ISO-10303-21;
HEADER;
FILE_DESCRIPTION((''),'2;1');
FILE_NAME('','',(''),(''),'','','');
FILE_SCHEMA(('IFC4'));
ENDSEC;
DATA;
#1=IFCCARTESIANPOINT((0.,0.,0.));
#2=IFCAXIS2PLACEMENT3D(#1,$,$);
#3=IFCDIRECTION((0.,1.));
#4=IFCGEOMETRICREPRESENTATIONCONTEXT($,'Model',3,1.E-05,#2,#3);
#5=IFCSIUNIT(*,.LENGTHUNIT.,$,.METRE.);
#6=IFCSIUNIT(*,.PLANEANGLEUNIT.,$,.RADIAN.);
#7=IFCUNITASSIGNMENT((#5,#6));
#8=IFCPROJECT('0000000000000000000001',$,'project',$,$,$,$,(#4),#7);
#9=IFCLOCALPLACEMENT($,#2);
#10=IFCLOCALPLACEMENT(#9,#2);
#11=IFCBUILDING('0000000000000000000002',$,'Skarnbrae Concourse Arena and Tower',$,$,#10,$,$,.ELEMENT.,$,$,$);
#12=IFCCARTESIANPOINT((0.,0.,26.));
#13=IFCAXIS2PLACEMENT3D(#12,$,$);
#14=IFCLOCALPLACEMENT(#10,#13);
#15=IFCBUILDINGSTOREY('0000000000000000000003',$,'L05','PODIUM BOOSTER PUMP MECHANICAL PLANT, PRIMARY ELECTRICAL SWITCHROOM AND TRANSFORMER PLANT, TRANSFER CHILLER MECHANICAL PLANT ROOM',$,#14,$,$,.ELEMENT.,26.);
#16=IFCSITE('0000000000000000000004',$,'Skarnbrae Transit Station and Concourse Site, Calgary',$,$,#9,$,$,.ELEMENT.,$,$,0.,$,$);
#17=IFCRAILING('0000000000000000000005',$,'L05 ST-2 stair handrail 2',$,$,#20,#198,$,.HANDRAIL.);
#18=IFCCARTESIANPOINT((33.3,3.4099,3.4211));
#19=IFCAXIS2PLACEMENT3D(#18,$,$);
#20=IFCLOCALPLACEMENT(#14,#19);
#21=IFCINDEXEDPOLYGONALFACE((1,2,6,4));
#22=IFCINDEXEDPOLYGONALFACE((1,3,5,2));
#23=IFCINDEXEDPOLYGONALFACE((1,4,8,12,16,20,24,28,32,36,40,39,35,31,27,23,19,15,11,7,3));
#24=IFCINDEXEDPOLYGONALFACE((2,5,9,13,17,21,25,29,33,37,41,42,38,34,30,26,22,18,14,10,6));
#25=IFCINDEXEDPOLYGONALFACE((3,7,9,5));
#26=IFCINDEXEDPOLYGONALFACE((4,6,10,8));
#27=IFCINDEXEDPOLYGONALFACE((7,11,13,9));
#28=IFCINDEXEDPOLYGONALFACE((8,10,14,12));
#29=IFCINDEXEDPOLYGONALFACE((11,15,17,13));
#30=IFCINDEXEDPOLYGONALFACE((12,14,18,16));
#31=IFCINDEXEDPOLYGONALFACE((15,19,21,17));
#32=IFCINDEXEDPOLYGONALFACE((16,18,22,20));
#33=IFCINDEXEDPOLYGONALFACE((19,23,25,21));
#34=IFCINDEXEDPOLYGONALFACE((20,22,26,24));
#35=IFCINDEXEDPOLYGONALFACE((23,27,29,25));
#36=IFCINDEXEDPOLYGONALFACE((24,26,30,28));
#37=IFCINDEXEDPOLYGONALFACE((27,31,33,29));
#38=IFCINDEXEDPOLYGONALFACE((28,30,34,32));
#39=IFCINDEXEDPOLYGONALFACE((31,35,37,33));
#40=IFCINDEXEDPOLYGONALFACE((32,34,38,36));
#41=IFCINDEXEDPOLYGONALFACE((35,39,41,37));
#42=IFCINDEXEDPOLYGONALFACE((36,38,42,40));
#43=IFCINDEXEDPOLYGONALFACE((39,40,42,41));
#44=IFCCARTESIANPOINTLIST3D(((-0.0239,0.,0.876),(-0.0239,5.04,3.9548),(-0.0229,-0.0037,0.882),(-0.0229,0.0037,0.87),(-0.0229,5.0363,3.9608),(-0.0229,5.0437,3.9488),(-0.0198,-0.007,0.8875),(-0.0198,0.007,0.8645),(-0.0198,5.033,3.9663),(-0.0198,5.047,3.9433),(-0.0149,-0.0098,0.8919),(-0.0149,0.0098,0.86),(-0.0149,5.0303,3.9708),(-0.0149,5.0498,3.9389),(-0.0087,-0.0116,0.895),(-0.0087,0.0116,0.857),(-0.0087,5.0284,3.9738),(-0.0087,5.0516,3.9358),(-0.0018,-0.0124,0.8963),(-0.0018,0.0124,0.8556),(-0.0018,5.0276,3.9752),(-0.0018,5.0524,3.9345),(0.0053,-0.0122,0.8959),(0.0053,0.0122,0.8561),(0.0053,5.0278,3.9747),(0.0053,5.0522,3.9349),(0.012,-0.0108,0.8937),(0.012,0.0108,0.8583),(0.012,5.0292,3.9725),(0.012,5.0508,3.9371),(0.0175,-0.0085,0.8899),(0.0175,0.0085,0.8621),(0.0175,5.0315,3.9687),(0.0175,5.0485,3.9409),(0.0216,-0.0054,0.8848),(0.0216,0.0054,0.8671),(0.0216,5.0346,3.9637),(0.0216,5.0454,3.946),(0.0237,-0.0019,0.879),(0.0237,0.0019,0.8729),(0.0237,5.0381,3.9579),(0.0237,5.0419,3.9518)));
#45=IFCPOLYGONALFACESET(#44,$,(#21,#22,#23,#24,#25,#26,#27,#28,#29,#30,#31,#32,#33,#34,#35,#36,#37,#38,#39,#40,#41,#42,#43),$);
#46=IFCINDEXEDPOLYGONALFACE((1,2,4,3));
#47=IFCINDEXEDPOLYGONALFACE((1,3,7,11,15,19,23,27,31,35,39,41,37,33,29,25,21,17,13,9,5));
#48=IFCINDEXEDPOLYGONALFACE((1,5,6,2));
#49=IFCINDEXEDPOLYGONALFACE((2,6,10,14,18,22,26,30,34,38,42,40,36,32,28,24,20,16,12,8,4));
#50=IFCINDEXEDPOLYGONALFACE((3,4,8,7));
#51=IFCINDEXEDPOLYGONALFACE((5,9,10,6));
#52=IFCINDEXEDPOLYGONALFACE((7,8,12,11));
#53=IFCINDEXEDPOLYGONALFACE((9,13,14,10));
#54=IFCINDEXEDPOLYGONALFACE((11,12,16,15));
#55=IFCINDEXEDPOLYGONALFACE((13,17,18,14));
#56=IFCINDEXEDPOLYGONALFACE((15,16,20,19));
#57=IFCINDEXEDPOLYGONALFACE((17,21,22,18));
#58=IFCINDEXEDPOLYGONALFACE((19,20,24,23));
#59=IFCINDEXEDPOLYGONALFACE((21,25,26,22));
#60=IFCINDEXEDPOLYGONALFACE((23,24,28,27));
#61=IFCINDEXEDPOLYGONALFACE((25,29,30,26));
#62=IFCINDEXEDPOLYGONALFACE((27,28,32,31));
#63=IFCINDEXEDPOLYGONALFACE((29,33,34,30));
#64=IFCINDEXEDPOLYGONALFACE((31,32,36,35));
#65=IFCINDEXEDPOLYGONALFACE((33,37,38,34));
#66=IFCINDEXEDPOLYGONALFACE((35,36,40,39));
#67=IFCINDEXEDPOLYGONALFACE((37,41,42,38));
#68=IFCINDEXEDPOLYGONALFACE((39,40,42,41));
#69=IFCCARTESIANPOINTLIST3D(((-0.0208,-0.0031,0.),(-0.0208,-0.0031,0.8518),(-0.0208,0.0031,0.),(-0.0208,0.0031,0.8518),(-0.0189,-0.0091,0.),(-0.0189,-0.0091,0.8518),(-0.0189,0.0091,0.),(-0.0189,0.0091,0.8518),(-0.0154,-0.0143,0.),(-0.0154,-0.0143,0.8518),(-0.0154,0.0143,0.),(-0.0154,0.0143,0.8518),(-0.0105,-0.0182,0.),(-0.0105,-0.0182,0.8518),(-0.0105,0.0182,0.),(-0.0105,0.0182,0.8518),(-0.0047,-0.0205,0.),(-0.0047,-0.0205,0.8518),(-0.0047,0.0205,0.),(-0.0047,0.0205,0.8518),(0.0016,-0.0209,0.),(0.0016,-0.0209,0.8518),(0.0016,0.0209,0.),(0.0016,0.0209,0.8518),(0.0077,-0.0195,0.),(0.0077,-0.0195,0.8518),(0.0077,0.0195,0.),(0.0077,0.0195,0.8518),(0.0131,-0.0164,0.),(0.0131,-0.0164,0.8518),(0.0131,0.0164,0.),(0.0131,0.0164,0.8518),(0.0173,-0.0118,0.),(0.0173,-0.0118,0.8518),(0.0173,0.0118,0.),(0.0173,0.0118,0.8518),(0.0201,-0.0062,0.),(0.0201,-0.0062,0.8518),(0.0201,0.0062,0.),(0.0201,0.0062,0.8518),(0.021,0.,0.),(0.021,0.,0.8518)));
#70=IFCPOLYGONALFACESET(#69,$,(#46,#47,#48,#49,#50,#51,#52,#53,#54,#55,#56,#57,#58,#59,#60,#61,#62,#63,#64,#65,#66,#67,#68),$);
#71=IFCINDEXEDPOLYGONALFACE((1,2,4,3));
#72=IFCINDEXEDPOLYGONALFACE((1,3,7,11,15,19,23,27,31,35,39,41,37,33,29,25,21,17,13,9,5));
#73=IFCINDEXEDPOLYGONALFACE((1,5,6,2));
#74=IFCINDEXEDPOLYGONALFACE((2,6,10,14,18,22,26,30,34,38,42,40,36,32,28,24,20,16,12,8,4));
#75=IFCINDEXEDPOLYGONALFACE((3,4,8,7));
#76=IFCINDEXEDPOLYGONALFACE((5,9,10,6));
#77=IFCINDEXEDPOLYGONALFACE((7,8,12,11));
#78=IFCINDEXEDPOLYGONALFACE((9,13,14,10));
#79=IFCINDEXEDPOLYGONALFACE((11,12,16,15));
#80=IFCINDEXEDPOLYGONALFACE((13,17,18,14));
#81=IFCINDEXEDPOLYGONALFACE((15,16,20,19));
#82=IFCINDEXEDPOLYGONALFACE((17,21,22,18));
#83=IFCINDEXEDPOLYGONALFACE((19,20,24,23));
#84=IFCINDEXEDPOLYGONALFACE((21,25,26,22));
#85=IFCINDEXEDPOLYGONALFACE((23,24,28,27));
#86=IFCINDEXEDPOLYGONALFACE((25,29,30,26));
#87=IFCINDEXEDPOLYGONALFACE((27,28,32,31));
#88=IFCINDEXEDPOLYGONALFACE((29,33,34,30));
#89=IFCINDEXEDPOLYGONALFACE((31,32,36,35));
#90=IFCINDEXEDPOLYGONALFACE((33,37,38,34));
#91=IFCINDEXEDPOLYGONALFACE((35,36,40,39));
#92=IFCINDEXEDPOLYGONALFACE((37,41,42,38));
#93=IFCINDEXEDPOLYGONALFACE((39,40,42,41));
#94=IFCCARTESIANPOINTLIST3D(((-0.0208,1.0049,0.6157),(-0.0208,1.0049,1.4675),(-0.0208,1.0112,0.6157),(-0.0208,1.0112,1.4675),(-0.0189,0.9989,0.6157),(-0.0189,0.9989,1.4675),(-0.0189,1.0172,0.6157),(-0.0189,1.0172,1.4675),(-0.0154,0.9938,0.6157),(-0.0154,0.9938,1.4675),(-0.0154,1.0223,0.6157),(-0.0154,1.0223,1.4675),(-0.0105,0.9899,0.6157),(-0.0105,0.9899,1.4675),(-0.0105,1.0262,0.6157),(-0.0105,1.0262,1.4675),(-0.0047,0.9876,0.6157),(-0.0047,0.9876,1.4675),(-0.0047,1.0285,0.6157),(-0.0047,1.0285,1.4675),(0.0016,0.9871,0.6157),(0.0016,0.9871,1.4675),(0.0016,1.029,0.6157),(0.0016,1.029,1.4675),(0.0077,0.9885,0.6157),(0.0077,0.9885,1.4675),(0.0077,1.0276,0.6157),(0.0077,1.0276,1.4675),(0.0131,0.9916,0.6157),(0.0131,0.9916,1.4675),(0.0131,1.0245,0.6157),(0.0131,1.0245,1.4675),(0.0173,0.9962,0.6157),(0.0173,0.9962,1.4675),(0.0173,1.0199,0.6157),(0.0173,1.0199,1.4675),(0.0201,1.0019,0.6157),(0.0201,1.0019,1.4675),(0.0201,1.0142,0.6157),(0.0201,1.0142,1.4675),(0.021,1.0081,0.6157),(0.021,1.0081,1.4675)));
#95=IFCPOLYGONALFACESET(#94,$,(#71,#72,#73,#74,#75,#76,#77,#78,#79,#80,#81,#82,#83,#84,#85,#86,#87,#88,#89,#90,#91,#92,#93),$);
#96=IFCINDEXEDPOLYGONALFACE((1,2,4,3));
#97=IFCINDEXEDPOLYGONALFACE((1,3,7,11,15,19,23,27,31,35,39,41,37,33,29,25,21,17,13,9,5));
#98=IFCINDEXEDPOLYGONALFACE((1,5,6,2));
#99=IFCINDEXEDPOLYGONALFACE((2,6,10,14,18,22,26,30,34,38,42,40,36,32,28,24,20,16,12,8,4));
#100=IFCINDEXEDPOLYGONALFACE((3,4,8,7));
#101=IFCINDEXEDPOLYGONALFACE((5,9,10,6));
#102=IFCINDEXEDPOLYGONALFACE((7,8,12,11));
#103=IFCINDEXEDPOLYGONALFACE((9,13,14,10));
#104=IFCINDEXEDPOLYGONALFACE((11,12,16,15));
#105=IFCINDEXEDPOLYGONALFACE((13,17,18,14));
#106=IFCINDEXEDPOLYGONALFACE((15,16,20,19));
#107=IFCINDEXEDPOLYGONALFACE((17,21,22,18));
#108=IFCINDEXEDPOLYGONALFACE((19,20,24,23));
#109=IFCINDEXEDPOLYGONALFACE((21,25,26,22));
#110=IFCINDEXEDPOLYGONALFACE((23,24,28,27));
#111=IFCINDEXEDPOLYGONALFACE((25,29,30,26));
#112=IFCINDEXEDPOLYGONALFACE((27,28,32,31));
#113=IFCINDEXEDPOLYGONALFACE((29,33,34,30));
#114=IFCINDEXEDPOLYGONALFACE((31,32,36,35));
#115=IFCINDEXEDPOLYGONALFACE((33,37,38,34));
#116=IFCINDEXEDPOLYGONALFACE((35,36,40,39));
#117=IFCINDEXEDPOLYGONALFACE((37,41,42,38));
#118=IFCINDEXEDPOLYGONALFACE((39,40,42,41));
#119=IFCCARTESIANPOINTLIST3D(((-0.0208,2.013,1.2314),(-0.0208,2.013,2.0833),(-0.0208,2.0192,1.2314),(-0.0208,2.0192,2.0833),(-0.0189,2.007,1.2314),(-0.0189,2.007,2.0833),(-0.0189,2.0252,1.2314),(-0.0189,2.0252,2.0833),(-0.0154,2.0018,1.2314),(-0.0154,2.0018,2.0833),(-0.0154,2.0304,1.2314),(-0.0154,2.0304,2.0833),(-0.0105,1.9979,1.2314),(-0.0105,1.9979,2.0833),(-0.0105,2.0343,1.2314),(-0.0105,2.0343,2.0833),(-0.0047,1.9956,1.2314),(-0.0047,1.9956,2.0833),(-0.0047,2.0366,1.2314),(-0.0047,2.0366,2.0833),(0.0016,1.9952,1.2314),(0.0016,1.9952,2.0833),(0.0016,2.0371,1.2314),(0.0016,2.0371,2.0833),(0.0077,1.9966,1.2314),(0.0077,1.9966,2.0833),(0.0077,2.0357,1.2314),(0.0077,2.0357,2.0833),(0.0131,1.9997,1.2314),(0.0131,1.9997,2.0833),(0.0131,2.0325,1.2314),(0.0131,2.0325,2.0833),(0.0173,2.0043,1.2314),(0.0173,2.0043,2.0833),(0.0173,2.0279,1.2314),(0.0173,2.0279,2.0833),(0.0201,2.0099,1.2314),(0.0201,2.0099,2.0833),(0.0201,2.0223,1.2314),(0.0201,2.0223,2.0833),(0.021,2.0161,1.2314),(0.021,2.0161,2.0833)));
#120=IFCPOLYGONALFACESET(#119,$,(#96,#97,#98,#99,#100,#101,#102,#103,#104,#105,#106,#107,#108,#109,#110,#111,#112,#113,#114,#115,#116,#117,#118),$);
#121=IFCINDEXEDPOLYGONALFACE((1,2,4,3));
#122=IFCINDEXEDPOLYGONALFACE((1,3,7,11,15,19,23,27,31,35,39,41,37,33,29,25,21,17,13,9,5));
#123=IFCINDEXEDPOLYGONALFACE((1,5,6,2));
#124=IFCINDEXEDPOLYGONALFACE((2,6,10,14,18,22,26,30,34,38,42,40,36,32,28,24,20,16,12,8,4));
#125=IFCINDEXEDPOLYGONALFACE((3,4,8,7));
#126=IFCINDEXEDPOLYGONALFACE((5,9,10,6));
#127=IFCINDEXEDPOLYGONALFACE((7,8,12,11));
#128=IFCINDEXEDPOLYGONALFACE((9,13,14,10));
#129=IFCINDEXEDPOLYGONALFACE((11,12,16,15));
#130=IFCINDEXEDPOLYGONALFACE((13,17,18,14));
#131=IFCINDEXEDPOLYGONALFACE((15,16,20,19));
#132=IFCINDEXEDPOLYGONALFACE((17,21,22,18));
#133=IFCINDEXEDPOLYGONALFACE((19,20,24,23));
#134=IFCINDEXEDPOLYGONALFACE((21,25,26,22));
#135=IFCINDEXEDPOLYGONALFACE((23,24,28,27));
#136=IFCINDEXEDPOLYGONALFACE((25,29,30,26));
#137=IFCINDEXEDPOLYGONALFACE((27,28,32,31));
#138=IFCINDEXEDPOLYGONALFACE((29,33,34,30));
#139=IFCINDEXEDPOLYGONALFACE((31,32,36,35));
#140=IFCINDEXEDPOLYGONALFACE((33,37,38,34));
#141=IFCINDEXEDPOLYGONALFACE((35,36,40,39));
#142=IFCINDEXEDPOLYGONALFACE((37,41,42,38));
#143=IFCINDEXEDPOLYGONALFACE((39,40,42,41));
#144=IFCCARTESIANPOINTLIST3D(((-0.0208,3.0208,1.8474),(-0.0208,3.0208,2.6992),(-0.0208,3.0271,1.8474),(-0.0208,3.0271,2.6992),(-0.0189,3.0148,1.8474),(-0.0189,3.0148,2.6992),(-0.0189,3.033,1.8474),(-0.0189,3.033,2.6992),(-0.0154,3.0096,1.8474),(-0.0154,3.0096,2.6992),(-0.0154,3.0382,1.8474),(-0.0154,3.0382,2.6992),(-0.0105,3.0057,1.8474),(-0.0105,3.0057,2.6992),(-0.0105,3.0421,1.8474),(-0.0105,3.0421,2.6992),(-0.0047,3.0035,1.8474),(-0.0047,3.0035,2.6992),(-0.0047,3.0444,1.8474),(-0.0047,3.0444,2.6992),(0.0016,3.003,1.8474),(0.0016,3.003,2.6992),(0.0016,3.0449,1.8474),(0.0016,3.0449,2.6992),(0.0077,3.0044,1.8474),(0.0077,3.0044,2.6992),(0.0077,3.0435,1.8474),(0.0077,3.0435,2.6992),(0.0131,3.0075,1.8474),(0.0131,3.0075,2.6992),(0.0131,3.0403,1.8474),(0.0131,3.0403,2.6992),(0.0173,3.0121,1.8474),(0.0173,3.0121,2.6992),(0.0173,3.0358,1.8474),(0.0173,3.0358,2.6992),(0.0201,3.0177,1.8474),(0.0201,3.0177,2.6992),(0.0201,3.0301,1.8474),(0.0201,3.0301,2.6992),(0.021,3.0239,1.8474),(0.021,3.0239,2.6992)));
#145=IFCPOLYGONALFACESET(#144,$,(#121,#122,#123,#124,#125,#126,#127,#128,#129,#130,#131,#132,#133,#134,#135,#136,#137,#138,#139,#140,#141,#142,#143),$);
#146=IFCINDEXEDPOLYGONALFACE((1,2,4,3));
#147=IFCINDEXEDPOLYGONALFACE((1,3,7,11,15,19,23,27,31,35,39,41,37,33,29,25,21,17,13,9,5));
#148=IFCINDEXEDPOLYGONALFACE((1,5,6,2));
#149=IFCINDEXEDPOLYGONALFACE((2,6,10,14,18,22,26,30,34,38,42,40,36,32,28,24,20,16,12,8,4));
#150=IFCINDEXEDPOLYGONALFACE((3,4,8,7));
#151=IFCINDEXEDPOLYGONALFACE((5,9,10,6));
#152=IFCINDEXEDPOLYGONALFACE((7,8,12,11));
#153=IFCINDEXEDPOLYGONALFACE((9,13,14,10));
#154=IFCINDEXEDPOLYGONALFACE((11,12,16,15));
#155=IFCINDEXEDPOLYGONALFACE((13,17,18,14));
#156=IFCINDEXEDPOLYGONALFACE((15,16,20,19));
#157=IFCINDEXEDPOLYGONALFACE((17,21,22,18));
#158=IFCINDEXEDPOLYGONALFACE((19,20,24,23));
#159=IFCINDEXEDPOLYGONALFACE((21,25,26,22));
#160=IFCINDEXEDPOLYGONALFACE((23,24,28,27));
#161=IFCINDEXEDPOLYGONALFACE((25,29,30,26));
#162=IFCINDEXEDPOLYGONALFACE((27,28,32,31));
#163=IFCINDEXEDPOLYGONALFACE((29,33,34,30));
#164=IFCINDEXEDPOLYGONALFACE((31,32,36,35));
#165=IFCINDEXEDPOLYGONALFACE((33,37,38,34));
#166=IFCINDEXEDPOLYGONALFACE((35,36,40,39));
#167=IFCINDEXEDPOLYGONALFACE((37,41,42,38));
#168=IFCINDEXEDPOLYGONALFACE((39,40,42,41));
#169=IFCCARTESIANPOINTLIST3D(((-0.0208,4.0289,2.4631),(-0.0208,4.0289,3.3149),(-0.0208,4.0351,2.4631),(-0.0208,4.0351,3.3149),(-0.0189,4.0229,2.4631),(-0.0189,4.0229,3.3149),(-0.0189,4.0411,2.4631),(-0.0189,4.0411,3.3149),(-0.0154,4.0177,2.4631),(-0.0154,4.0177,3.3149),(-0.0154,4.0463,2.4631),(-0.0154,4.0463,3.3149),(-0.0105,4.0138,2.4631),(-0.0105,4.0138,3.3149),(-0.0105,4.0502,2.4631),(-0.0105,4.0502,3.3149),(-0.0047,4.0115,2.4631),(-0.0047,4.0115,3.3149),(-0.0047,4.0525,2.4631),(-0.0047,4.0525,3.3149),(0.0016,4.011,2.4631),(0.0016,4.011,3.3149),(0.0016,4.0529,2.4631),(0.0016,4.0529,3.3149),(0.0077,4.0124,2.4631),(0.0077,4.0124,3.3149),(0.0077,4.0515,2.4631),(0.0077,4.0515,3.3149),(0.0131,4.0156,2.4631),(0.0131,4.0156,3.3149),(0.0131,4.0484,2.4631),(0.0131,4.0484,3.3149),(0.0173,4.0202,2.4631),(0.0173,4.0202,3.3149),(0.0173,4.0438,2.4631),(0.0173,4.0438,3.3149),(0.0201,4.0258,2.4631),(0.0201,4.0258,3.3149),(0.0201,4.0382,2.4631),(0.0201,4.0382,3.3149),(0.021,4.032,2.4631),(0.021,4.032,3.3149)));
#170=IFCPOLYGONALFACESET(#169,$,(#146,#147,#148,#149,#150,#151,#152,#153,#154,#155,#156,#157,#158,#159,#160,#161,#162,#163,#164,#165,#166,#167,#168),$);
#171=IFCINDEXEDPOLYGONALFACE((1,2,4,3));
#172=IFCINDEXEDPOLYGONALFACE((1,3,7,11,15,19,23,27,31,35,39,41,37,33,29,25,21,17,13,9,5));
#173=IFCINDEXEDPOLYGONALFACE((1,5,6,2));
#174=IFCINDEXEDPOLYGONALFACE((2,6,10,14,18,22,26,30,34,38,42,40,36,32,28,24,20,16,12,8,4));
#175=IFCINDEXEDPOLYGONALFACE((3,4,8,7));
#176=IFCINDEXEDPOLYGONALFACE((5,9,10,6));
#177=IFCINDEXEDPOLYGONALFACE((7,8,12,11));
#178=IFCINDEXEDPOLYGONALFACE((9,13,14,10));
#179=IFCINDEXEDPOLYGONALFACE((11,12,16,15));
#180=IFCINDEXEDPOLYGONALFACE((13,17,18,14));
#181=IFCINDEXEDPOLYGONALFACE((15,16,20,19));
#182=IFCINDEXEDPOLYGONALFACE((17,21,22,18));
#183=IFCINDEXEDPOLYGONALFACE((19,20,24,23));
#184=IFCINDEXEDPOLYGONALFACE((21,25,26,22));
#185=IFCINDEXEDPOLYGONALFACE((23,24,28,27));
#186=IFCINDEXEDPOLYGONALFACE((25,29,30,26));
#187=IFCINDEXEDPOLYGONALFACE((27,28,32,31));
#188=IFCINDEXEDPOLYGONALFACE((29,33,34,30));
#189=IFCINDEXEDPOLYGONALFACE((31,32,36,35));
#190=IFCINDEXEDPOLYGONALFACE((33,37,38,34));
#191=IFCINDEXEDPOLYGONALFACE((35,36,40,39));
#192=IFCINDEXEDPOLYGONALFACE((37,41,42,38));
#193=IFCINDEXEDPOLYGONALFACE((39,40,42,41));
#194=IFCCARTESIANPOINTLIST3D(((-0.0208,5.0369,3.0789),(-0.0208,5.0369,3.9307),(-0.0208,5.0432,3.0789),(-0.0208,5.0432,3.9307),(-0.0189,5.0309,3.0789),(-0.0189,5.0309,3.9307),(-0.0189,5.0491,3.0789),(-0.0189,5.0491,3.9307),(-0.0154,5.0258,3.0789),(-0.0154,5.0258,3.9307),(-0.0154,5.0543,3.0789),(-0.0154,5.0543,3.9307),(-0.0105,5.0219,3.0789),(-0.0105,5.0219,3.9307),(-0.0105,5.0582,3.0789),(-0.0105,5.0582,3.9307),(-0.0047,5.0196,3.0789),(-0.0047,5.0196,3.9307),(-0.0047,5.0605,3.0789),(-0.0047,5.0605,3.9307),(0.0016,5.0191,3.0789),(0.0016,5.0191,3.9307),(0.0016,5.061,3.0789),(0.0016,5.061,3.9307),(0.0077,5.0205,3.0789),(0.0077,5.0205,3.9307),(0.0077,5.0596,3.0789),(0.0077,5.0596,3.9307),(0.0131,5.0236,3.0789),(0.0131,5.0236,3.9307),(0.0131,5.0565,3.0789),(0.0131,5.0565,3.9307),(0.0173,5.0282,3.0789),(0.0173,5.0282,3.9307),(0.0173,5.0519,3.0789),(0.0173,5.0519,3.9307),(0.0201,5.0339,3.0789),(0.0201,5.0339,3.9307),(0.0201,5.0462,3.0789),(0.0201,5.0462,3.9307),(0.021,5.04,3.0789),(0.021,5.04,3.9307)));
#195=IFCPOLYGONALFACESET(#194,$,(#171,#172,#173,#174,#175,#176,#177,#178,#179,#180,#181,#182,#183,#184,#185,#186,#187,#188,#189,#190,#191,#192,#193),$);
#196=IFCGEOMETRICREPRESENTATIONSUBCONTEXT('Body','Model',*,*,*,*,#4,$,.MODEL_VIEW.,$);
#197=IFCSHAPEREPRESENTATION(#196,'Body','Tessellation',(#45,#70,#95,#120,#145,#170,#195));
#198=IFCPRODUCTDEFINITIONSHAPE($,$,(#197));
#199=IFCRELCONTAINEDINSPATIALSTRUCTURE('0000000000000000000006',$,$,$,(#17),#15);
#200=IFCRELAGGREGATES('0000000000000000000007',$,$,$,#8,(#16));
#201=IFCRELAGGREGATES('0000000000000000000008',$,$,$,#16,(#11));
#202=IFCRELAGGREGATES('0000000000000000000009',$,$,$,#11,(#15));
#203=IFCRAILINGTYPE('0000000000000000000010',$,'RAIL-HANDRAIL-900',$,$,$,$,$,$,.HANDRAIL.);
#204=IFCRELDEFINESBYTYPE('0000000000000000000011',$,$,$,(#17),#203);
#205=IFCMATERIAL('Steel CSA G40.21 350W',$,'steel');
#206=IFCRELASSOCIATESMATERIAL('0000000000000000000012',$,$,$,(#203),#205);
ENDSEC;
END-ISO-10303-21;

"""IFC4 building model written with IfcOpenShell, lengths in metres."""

from ifc_helpers import new_model, si_unit, direction, frame, origin, origin_2d, place, context, subcontext, project, spatial, circle, extrude, material, type_object, element, save


model = new_model("IFC4")

# Units and contexts
model_context = context("Model", 3, precision=1e-05, world=origin(), true_north=direction((0.0, 1.0)))
body_context = subcontext(model_context, "Body", "Model", "MODEL_VIEW")
ifc_project = project(units=[si_unit("LENGTHUNIT", "METRE"), si_unit("PLANEANGLEUNIT", "RADIAN")], contexts=[model_context])

# Site, building, storey
site_placement = place(None, origin())
site = spatial("IfcSite", under=ifc_project, at=site_placement, Name="Skarnbrae Transit Station and Concourse Site, Calgary", CompositionType="ELEMENT", RefElevation=0.0)
building_placement = place(site_placement, origin())
building = spatial("IfcBuilding", under=site, at=building_placement, Name="Skarnbrae Concourse Arena and Tower", CompositionType="ELEMENT")
storey_placement = place(building_placement, frame((0.0, 0.0, 26.0)))
storey = spatial("IfcBuildingStorey", under=building, at=storey_placement, Name="L05", Description="PODIUM BOOSTER PUMP MECHANICAL PLANT, PRIMARY ELECTRICAL SWITCHROOM AND TRANSFORMER PLANT, TRANSFER CHILLER MECHANICAL PLANT ROOM", CompositionType="ELEMENT", Elevation=26.0)

# Shared definitions
ifc_material_1 = material(Name="Steel CSA G40.21 350W", Category="steel")

# Railing
railing_type_1 = type_object("IfcRailingType", Name="RAIL-HANDRAIL-900", PredefinedType="HANDRAIL", material=ifc_material_1)
railing_1_placement = place(storey_placement, frame((33.3, 3.4099, 3.4211)))
element("IfcRailing", 1, at=railing_1_placement, inside=storey, type_object=railing_type_1, Name="L05 ST-2 stair handrail 2", PredefinedType="HANDRAIL", context=body_context, shape_type="SweptSolid", body=[
    extrude(circle(Radius=0.0239, at=origin_2d()), frame((0.0, 0.0, 0.876), z_axis=(0.0, 0.85337, 0.521306), x_axis=(-1.0, 0.0, 0.0)), (0.0, 0.0, 1.0), 5.906),
    extrude(circle(Radius=0.021, at=origin_2d()), origin(), (0.0, 0.0, 1.0), 0.8518),
    extrude(circle(Radius=0.021, at=origin_2d()), frame((0.0, 1.0081, 0.6157)), (0.0, 0.0, 1.0), 0.8518),
    extrude(circle(Radius=0.021, at=origin_2d()), frame((0.0, 2.0161, 1.2314)), (0.0, 0.0, 1.0), 0.8518),
    extrude(circle(Radius=0.021, at=origin_2d()), frame((0.0, 3.0239, 1.8474)), (0.0, 0.0, 1.0), 0.8518),
    extrude(circle(Radius=0.021, at=origin_2d()), frame((0.0, 4.032, 2.4631)), (0.0, 0.0, 1.0), 0.8518),
    extrude(circle(Radius=0.021, at=origin_2d()), frame((0.0, 5.04, 3.0789)), (0.0, 0.0, 1.0), 0.8518),
])

save(model, "model.ifc")
